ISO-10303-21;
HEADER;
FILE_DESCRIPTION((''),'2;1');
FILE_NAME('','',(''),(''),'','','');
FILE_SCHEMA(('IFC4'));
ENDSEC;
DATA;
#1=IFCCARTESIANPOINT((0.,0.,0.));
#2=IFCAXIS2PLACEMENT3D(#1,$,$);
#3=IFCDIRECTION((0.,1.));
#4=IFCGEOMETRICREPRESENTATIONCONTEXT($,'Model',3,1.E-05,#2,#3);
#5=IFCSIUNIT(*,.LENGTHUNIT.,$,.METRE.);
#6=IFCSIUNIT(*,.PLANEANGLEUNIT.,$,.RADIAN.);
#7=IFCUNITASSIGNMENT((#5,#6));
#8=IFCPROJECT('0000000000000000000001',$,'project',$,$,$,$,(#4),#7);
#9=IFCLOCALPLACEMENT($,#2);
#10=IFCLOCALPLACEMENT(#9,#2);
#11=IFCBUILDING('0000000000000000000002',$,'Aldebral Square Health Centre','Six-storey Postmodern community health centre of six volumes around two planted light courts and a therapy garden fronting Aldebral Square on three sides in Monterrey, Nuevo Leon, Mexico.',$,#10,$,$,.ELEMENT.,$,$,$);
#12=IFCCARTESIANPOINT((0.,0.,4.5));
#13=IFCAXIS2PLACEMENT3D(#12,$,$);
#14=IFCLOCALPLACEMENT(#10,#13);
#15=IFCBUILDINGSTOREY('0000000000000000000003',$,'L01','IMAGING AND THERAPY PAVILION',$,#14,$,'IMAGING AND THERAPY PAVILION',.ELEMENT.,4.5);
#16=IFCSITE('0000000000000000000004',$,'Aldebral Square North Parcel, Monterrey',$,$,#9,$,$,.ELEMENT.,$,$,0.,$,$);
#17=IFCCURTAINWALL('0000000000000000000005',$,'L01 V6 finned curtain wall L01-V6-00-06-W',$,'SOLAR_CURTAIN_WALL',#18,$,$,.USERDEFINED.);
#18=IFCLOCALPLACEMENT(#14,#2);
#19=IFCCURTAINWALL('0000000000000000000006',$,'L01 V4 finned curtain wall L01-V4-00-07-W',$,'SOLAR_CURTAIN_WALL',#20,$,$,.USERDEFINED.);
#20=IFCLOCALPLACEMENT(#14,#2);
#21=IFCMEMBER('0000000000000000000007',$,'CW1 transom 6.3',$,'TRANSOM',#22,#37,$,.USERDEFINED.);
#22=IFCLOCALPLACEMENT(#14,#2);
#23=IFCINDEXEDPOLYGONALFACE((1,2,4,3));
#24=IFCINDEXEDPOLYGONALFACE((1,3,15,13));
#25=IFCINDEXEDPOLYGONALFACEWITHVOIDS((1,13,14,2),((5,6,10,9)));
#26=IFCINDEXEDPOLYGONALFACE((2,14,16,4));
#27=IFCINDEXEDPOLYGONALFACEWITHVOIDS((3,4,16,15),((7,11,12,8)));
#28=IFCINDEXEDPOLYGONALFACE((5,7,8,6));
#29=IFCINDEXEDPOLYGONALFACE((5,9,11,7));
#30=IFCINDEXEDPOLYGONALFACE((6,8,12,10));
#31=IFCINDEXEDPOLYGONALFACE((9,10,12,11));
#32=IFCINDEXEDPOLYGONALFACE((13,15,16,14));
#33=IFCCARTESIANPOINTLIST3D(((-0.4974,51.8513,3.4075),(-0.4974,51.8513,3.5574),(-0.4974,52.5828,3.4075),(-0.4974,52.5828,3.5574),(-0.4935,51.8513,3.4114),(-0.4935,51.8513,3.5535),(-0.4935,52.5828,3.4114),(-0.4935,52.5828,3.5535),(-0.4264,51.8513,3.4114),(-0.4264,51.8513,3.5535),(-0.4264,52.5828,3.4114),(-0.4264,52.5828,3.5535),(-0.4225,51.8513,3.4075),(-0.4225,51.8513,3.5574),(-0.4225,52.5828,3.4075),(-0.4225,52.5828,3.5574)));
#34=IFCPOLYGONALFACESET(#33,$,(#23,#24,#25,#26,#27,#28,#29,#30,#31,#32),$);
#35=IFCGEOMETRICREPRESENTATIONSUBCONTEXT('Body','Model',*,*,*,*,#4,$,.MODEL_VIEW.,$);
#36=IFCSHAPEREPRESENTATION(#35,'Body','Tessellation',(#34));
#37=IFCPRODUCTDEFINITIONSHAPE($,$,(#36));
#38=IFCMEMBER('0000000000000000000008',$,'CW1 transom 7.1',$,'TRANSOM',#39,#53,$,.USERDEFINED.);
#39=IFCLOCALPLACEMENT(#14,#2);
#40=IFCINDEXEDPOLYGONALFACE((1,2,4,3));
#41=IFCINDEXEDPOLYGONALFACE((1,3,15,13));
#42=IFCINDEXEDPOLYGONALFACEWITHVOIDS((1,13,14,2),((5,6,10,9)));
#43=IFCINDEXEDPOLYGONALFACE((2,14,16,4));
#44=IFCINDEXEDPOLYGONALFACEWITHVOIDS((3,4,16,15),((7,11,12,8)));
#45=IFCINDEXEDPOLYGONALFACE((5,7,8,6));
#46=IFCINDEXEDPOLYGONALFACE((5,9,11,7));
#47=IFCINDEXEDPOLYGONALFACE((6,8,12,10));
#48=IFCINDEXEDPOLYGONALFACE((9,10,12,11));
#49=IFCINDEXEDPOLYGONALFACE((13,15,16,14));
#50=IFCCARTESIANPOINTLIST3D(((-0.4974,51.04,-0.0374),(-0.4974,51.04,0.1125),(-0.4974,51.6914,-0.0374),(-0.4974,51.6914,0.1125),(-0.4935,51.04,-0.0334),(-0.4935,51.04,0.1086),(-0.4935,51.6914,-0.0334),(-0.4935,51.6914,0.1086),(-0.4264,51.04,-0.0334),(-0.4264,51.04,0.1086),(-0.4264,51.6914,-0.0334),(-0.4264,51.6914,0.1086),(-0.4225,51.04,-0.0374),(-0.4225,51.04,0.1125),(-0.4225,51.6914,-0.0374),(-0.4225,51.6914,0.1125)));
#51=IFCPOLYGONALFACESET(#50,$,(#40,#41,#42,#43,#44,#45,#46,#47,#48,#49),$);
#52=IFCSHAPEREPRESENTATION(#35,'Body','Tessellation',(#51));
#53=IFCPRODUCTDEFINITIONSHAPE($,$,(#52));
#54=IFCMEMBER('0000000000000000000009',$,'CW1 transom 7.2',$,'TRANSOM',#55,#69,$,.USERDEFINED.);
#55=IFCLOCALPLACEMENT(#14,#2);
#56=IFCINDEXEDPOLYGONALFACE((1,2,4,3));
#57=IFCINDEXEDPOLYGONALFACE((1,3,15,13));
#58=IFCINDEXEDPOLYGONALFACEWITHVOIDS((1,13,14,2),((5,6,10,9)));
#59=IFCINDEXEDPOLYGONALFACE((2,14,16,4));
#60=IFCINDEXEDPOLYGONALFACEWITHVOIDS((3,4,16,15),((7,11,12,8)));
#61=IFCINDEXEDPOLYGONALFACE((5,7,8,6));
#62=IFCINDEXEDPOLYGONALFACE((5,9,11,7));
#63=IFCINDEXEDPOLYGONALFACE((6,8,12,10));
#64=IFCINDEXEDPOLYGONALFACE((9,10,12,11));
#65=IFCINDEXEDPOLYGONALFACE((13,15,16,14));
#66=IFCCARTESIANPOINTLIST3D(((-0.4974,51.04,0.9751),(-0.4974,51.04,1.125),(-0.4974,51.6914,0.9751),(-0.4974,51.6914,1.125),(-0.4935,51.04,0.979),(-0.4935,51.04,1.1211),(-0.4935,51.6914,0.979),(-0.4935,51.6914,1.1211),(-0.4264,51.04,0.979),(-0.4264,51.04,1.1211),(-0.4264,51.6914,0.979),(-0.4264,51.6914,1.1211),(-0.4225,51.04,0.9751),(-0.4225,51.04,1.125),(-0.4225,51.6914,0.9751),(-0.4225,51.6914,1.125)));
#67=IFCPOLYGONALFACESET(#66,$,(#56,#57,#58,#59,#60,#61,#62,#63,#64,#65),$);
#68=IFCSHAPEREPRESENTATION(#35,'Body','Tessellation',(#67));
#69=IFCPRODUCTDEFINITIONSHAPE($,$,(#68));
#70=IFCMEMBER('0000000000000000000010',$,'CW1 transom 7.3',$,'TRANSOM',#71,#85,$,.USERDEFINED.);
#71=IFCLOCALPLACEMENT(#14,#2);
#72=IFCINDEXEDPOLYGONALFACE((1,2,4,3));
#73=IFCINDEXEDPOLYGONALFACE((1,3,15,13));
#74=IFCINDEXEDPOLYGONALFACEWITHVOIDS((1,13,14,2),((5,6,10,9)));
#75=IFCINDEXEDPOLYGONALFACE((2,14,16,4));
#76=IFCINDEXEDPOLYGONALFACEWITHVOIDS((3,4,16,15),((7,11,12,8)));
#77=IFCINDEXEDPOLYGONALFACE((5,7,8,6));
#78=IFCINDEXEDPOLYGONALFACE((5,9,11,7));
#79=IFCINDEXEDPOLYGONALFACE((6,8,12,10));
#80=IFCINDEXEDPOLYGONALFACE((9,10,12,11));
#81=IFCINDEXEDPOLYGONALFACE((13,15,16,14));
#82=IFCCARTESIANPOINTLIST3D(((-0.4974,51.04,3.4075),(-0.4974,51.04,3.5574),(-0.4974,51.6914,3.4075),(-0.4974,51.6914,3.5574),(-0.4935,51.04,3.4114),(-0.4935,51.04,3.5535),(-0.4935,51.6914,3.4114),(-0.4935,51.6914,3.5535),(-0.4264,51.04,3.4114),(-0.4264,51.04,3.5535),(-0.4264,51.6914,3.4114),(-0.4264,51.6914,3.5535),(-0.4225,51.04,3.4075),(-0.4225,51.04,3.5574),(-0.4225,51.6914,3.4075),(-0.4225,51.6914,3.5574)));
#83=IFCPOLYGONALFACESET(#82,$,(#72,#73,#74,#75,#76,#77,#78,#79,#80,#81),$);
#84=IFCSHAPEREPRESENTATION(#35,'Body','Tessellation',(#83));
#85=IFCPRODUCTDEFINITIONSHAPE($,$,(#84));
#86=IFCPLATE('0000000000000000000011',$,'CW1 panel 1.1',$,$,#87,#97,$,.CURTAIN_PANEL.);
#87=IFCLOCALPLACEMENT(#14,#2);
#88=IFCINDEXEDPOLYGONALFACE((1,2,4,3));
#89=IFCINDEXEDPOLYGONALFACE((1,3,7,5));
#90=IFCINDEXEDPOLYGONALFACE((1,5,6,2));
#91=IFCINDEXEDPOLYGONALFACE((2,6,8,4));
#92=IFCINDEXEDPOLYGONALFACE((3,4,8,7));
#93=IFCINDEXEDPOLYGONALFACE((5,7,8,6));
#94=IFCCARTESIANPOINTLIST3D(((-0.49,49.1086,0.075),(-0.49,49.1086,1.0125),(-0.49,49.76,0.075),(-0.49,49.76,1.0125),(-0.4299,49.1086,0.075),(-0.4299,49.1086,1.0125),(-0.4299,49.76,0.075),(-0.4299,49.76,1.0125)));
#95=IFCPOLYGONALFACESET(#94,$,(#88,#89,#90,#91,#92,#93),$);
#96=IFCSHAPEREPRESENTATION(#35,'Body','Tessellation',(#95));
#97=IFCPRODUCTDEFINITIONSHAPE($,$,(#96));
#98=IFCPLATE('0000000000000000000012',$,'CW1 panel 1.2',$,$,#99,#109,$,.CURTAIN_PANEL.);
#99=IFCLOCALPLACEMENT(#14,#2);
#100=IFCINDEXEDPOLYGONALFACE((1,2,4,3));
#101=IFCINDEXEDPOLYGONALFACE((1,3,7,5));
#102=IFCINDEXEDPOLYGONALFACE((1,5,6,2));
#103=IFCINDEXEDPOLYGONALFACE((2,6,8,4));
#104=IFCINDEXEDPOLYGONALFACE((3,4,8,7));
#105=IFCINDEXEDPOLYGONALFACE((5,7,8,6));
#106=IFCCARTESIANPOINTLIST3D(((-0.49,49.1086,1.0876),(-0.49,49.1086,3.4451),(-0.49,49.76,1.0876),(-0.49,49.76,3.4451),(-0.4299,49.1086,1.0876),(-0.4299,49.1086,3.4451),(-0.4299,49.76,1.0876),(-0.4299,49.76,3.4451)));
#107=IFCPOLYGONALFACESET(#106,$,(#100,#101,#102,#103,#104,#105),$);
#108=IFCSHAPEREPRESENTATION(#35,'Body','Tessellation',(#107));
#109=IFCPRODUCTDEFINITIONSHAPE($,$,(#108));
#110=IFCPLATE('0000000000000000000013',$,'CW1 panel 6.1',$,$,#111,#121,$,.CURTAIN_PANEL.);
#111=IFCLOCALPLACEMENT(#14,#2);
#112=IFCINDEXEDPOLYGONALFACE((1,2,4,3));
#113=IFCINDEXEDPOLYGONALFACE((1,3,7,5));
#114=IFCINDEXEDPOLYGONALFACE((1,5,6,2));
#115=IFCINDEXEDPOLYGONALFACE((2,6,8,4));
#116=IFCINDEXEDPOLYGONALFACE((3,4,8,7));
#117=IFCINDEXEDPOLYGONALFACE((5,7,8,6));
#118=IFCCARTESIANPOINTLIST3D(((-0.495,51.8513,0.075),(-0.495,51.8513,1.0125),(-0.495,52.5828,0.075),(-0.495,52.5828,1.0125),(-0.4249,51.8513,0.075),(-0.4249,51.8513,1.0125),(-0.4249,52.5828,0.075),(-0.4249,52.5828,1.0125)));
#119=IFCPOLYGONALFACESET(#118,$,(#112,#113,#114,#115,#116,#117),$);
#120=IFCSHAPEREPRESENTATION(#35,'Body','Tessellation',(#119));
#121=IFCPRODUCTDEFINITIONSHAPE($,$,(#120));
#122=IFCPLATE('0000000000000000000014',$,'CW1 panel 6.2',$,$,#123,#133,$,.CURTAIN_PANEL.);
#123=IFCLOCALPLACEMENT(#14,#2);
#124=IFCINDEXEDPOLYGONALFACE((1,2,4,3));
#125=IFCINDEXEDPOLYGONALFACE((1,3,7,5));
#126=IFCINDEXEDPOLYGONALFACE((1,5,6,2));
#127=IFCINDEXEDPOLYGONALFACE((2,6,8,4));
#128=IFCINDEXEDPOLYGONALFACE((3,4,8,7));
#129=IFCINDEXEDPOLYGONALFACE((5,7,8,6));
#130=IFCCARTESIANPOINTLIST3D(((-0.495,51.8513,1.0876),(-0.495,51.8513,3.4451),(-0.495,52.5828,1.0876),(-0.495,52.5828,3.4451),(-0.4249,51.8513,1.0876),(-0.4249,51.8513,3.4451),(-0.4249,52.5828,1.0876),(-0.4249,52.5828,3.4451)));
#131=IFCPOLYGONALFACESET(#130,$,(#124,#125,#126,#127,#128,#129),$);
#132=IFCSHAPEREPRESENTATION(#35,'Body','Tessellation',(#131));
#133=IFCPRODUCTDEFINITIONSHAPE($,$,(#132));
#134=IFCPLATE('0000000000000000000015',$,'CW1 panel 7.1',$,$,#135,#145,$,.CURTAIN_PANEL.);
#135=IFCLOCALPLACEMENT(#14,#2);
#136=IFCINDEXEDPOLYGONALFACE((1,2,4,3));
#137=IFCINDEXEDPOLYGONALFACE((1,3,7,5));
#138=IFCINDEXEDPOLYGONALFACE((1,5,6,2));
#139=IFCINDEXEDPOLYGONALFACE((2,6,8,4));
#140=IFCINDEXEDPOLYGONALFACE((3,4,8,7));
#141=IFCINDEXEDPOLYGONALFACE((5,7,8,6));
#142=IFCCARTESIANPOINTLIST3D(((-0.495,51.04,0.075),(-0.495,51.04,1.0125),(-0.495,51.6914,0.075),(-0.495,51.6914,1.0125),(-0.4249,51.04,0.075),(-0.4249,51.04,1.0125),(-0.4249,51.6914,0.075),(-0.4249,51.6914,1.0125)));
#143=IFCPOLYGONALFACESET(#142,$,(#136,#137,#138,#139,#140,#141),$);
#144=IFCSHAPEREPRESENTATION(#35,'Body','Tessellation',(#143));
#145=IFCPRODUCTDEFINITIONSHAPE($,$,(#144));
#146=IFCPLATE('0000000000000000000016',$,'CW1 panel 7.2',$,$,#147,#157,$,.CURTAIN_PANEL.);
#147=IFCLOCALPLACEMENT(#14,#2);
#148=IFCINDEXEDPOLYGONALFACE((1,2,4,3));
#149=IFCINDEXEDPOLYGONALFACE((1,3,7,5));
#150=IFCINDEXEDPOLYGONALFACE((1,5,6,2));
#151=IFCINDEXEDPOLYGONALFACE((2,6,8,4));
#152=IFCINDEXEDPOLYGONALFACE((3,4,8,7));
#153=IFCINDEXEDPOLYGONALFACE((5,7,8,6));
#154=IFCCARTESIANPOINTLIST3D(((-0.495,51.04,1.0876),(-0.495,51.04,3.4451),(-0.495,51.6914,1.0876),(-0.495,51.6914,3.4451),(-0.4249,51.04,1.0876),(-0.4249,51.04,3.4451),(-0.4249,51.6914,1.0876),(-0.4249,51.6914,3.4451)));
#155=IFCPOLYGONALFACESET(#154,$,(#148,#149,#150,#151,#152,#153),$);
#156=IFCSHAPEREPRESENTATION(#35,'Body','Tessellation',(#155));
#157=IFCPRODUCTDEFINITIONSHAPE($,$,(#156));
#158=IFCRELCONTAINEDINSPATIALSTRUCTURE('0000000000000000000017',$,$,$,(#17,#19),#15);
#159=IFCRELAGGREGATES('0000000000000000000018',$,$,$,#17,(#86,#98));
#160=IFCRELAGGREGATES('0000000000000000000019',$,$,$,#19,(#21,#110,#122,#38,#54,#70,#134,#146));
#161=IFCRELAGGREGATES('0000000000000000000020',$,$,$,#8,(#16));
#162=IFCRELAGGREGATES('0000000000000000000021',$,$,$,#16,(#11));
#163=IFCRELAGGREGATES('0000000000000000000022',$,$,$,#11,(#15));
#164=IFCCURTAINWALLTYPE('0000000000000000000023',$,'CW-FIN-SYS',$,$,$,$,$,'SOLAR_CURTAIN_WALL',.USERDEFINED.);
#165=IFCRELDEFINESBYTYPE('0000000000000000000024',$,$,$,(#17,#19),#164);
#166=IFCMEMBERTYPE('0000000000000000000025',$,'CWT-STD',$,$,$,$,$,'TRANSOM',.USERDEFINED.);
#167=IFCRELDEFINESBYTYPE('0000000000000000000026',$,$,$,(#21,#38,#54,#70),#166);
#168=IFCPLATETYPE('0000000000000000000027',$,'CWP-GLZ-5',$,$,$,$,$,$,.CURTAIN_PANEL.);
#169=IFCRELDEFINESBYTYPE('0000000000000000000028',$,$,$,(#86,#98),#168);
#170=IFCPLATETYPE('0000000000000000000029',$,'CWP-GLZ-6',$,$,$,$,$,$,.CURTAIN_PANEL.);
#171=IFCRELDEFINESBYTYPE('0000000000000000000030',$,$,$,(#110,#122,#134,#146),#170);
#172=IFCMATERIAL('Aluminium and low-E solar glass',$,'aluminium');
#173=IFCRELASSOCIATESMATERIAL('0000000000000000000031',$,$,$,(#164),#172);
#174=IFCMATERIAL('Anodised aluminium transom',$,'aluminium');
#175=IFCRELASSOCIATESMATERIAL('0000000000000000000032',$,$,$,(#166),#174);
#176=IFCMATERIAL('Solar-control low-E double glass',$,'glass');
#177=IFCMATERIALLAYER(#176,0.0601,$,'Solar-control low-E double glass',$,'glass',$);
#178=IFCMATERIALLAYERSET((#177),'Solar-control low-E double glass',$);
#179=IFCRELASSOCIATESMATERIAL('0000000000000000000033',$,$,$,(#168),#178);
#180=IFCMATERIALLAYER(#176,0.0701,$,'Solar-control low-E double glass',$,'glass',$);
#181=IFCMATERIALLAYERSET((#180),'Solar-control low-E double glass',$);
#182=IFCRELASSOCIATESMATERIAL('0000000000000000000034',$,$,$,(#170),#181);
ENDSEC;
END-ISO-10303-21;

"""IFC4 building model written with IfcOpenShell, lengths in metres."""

from ifc_helpers import new_model, si_unit, direction, frame, origin, origin_2d, place, context, subcontext, project, spatial, rectangle, hollow_rectangle, extrude, material, layer, layer_set, material_profile, profile_set, type_object, element, aggregate, save


model = new_model("IFC4")

# Units and contexts
model_context = context("Model", 3, precision=1e-05, world=origin(), true_north=direction((0.0, 1.0)))
body_context = subcontext(model_context, "Body", "Model", "MODEL_VIEW")
ifc_project = project(units=[si_unit("LENGTHUNIT", "METRE"), si_unit("PLANEANGLEUNIT", "RADIAN")], contexts=[model_context])

# Site, building, storey
site_placement = place(None, origin())
site = spatial("IfcSite", under=ifc_project, at=site_placement, Name="Aldebral Square North Parcel, Monterrey", CompositionType="ELEMENT", RefElevation=0.0)
building_placement = place(site_placement, origin())
building = spatial("IfcBuilding", under=site, at=building_placement, Name="Aldebral Square Health Centre", Description="Six-storey Postmodern community health centre of six volumes around two planted light courts and a therapy garden fronting Aldebral Square on three sides in Monterrey, Nuevo Leon, Mexico.", CompositionType="ELEMENT")
storey_placement = place(building_placement, frame((0.0, 0.0, 4.5)))
storey = spatial("IfcBuildingStorey", under=building, at=storey_placement, Name="L01", Description="IMAGING AND THERAPY PAVILION", LongName="IMAGING AND THERAPY PAVILION", CompositionType="ELEMENT", Elevation=4.5)

# Curtain walls
ifc_material_1 = material(Name="Aluminium and low-E solar glass", Category="aluminium")
curtain_wall_type = type_object("IfcCurtainWallType", Name="CW-FIN-SYS", ElementType="SOLAR_CURTAIN_WALL", PredefinedType="USERDEFINED", material=ifc_material_1)
curtain_wall_1_placement = place(storey_placement, origin())
curtain_wall_1 = element("IfcCurtainWall", 1, at=curtain_wall_1_placement, inside=storey, type_object=curtain_wall_type, Name="L01 V6 finned curtain wall L01-V6-00-06-W", ObjectType="SOLAR_CURTAIN_WALL", PredefinedType="USERDEFINED")
curtain_wall_2_placement = place(storey_placement, origin())
curtain_wall_2 = element("IfcCurtainWall", 2, at=curtain_wall_2_placement, inside=storey, type_object=curtain_wall_type, Name="L01 V4 finned curtain wall L01-V4-00-07-W", ObjectType="SOLAR_CURTAIN_WALL", PredefinedType="USERDEFINED")

# Members
ifc_material_2 = material(Name="Anodised aluminium transom", Category="aluminium")
ifc_material_profile_1 = material_profile(ifc_material_2, hollow_rectangle(XDim=0.075, YDim=0.1499, WallThickness=0.0039, at=origin_2d()), Name="CWT 75x150x4")
ifc_profile_set_1 = profile_set([ifc_material_profile_1], Name="Anodised aluminium transom")
member_type_1 = type_object("IfcMemberType", Name="CWT-STD", ElementType="TRANSOM", PredefinedType="USERDEFINED", material=ifc_profile_set_1)
member_1_placement = place(storey_placement, frame((-0.46, 52.5828, 3.4824), z_axis=(0.0, -1.0, 0.0), x_axis=(1.0, 0.0, 0.0)))
member_1 = element("IfcMember", 3, at=member_1_placement, type_object=member_type_1, Name="CW1 transom 6.3", ObjectType="TRANSOM", PredefinedType="USERDEFINED", context=body_context, shape_type="SweptSolid", body=[
    extrude(hollow_rectangle(XDim=0.075, YDim=0.1499, WallThickness=0.0039, at=origin_2d()), origin(), (0.0, 0.0, 1.0), 0.7314),
])
member_2_placement = place(storey_placement, frame((-0.46, 51.6914, 0.0376), z_axis=(0.0, -1.0, 0.0), x_axis=(1.0, 0.0, 0.0)))
member_2 = element("IfcMember", 4, at=member_2_placement, type_object=member_type_1, Name="CW1 transom 7.1", ObjectType="TRANSOM", PredefinedType="USERDEFINED", context=body_context, shape_type="SweptSolid", body=[
    extrude(hollow_rectangle(XDim=0.075, YDim=0.1499, WallThickness=0.0039, at=origin_2d()), origin(), (0.0, 0.0, 1.0), 0.6514),
])
member_3_placement = place(storey_placement, frame((-0.46, 51.6914, 1.05), z_axis=(0.0, -1.0, 0.0), x_axis=(1.0, 0.0, 0.0)))
member_3 = element("IfcMember", 5, at=member_3_placement, type_object=member_type_1, Name="CW1 transom 7.2", ObjectType="TRANSOM", PredefinedType="USERDEFINED", context=body_context, shape_type="SweptSolid", body=[
    extrude(hollow_rectangle(XDim=0.075, YDim=0.1499, WallThickness=0.0039, at=origin_2d()), origin(), (0.0, 0.0, 1.0), 0.6514),
])
member_4_placement = place(storey_placement, frame((-0.46, 51.6914, 3.4824), z_axis=(0.0, -1.0, 0.0), x_axis=(1.0, 0.0, 0.0)))
member_4 = element("IfcMember", 6, at=member_4_placement, type_object=member_type_1, Name="CW1 transom 7.3", ObjectType="TRANSOM", PredefinedType="USERDEFINED", context=body_context, shape_type="SweptSolid", body=[
    extrude(hollow_rectangle(XDim=0.075, YDim=0.1499, WallThickness=0.0039, at=origin_2d()), origin(), (0.0, 0.0, 1.0), 0.6514),
])

# Plates
ifc_material_3 = material(Name="Solar-control low-E double glass", Category="glass")
ifc_layer_1 = layer(ifc_material_3, 0.0601, Name="Solar-control low-E double glass", Category="glass")
ifc_layer_set_1 = layer_set([ifc_layer_1], Name="Solar-control low-E double glass")
plate_type_1 = type_object("IfcPlateType", Name="CWP-GLZ-5", PredefinedType="CURTAIN_PANEL", material=ifc_layer_set_1)
plate_1_placement = place(storey_placement, frame((-0.46, 49.4343, 0.075), z_axis=(0.0, 0.0, 1.0), x_axis=(0.0, -1.0, 0.0)))
plate_1 = element("IfcPlate", 7, at=plate_1_placement, type_object=plate_type_1, Name="CW1 panel 1.1", PredefinedType="CURTAIN_PANEL", context=body_context, shape_type="SweptSolid", body=[
    extrude(rectangle(XDim=0.6514, YDim=0.0601, at=origin_2d()), origin(), (0.0, 0.0, 1.0), 0.9375),
])
plate_2_placement = place(storey_placement, frame((-0.46, 49.4343, 1.0876), z_axis=(0.0, 0.0, 1.0), x_axis=(0.0, -1.0, 0.0)))
plate_2 = element("IfcPlate", 8, at=plate_2_placement, type_object=plate_type_1, Name="CW1 panel 1.2", PredefinedType="CURTAIN_PANEL", context=body_context, shape_type="SweptSolid", body=[
    extrude(rectangle(XDim=0.6514, YDim=0.0601, at=origin_2d()), origin(), (0.0, 0.0, 1.0), 2.3574),
])
aggregate(curtain_wall_1, [plate_1, plate_2])
ifc_layer_2 = layer(ifc_material_3, 0.0701, Name="Solar-control low-E double glass", Category="glass")
ifc_layer_set_2 = layer_set([ifc_layer_2], Name="Solar-control low-E double glass")
plate_type_2 = type_object("IfcPlateType", Name="CWP-GLZ-6", PredefinedType="CURTAIN_PANEL", material=ifc_layer_set_2)
plate_3_placement = place(storey_placement, frame((-0.46, 52.217, 0.075), z_axis=(0.0, 0.0, 1.0), x_axis=(0.0, -1.0, 0.0)))
plate_3 = element("IfcPlate", 9, at=plate_3_placement, type_object=plate_type_2, Name="CW1 panel 6.1", PredefinedType="CURTAIN_PANEL", context=body_context, shape_type="SweptSolid", body=[
    extrude(rectangle(XDim=0.7314, YDim=0.0701, at=origin_2d()), origin(), (0.0, 0.0, 1.0), 0.9375),
])
plate_4_placement = place(storey_placement, frame((-0.46, 52.217, 1.0876), z_axis=(0.0, 0.0, 1.0), x_axis=(0.0, -1.0, 0.0)))
plate_4 = element("IfcPlate", 10, at=plate_4_placement, type_object=plate_type_2, Name="CW1 panel 6.2", PredefinedType="CURTAIN_PANEL", context=body_context, shape_type="SweptSolid", body=[
    extrude(rectangle(XDim=0.7314, YDim=0.0701, at=origin_2d()), origin(), (0.0, 0.0, 1.0), 2.3574),
])
plate_5_placement = place(storey_placement, frame((-0.46, 51.3657, 0.075), z_axis=(0.0, 0.0, 1.0), x_axis=(0.0, -1.0, 0.0)))
plate_5 = element("IfcPlate", 11, at=plate_5_placement, type_object=plate_type_2, Name="CW1 panel 7.1", PredefinedType="CURTAIN_PANEL", context=body_context, shape_type="SweptSolid", body=[
    extrude(rectangle(XDim=0.6514, YDim=0.0701, at=origin_2d()), origin(), (0.0, 0.0, 1.0), 0.9375),
])
plate_6_placement = place(storey_placement, frame((-0.46, 51.3657, 1.0876), z_axis=(0.0, 0.0, 1.0), x_axis=(0.0, -1.0, 0.0)))
plate_6 = element("IfcPlate", 12, at=plate_6_placement, type_object=plate_type_2, Name="CW1 panel 7.2", PredefinedType="CURTAIN_PANEL", context=body_context, shape_type="SweptSolid", body=[
    extrude(rectangle(XDim=0.6514, YDim=0.0701, at=origin_2d()), origin(), (0.0, 0.0, 1.0), 2.3574),
])
aggregate(curtain_wall_2, [member_1, plate_3, plate_4, member_2, member_3, member_4, plate_5, plate_6])

save(model, "model.ifc")
